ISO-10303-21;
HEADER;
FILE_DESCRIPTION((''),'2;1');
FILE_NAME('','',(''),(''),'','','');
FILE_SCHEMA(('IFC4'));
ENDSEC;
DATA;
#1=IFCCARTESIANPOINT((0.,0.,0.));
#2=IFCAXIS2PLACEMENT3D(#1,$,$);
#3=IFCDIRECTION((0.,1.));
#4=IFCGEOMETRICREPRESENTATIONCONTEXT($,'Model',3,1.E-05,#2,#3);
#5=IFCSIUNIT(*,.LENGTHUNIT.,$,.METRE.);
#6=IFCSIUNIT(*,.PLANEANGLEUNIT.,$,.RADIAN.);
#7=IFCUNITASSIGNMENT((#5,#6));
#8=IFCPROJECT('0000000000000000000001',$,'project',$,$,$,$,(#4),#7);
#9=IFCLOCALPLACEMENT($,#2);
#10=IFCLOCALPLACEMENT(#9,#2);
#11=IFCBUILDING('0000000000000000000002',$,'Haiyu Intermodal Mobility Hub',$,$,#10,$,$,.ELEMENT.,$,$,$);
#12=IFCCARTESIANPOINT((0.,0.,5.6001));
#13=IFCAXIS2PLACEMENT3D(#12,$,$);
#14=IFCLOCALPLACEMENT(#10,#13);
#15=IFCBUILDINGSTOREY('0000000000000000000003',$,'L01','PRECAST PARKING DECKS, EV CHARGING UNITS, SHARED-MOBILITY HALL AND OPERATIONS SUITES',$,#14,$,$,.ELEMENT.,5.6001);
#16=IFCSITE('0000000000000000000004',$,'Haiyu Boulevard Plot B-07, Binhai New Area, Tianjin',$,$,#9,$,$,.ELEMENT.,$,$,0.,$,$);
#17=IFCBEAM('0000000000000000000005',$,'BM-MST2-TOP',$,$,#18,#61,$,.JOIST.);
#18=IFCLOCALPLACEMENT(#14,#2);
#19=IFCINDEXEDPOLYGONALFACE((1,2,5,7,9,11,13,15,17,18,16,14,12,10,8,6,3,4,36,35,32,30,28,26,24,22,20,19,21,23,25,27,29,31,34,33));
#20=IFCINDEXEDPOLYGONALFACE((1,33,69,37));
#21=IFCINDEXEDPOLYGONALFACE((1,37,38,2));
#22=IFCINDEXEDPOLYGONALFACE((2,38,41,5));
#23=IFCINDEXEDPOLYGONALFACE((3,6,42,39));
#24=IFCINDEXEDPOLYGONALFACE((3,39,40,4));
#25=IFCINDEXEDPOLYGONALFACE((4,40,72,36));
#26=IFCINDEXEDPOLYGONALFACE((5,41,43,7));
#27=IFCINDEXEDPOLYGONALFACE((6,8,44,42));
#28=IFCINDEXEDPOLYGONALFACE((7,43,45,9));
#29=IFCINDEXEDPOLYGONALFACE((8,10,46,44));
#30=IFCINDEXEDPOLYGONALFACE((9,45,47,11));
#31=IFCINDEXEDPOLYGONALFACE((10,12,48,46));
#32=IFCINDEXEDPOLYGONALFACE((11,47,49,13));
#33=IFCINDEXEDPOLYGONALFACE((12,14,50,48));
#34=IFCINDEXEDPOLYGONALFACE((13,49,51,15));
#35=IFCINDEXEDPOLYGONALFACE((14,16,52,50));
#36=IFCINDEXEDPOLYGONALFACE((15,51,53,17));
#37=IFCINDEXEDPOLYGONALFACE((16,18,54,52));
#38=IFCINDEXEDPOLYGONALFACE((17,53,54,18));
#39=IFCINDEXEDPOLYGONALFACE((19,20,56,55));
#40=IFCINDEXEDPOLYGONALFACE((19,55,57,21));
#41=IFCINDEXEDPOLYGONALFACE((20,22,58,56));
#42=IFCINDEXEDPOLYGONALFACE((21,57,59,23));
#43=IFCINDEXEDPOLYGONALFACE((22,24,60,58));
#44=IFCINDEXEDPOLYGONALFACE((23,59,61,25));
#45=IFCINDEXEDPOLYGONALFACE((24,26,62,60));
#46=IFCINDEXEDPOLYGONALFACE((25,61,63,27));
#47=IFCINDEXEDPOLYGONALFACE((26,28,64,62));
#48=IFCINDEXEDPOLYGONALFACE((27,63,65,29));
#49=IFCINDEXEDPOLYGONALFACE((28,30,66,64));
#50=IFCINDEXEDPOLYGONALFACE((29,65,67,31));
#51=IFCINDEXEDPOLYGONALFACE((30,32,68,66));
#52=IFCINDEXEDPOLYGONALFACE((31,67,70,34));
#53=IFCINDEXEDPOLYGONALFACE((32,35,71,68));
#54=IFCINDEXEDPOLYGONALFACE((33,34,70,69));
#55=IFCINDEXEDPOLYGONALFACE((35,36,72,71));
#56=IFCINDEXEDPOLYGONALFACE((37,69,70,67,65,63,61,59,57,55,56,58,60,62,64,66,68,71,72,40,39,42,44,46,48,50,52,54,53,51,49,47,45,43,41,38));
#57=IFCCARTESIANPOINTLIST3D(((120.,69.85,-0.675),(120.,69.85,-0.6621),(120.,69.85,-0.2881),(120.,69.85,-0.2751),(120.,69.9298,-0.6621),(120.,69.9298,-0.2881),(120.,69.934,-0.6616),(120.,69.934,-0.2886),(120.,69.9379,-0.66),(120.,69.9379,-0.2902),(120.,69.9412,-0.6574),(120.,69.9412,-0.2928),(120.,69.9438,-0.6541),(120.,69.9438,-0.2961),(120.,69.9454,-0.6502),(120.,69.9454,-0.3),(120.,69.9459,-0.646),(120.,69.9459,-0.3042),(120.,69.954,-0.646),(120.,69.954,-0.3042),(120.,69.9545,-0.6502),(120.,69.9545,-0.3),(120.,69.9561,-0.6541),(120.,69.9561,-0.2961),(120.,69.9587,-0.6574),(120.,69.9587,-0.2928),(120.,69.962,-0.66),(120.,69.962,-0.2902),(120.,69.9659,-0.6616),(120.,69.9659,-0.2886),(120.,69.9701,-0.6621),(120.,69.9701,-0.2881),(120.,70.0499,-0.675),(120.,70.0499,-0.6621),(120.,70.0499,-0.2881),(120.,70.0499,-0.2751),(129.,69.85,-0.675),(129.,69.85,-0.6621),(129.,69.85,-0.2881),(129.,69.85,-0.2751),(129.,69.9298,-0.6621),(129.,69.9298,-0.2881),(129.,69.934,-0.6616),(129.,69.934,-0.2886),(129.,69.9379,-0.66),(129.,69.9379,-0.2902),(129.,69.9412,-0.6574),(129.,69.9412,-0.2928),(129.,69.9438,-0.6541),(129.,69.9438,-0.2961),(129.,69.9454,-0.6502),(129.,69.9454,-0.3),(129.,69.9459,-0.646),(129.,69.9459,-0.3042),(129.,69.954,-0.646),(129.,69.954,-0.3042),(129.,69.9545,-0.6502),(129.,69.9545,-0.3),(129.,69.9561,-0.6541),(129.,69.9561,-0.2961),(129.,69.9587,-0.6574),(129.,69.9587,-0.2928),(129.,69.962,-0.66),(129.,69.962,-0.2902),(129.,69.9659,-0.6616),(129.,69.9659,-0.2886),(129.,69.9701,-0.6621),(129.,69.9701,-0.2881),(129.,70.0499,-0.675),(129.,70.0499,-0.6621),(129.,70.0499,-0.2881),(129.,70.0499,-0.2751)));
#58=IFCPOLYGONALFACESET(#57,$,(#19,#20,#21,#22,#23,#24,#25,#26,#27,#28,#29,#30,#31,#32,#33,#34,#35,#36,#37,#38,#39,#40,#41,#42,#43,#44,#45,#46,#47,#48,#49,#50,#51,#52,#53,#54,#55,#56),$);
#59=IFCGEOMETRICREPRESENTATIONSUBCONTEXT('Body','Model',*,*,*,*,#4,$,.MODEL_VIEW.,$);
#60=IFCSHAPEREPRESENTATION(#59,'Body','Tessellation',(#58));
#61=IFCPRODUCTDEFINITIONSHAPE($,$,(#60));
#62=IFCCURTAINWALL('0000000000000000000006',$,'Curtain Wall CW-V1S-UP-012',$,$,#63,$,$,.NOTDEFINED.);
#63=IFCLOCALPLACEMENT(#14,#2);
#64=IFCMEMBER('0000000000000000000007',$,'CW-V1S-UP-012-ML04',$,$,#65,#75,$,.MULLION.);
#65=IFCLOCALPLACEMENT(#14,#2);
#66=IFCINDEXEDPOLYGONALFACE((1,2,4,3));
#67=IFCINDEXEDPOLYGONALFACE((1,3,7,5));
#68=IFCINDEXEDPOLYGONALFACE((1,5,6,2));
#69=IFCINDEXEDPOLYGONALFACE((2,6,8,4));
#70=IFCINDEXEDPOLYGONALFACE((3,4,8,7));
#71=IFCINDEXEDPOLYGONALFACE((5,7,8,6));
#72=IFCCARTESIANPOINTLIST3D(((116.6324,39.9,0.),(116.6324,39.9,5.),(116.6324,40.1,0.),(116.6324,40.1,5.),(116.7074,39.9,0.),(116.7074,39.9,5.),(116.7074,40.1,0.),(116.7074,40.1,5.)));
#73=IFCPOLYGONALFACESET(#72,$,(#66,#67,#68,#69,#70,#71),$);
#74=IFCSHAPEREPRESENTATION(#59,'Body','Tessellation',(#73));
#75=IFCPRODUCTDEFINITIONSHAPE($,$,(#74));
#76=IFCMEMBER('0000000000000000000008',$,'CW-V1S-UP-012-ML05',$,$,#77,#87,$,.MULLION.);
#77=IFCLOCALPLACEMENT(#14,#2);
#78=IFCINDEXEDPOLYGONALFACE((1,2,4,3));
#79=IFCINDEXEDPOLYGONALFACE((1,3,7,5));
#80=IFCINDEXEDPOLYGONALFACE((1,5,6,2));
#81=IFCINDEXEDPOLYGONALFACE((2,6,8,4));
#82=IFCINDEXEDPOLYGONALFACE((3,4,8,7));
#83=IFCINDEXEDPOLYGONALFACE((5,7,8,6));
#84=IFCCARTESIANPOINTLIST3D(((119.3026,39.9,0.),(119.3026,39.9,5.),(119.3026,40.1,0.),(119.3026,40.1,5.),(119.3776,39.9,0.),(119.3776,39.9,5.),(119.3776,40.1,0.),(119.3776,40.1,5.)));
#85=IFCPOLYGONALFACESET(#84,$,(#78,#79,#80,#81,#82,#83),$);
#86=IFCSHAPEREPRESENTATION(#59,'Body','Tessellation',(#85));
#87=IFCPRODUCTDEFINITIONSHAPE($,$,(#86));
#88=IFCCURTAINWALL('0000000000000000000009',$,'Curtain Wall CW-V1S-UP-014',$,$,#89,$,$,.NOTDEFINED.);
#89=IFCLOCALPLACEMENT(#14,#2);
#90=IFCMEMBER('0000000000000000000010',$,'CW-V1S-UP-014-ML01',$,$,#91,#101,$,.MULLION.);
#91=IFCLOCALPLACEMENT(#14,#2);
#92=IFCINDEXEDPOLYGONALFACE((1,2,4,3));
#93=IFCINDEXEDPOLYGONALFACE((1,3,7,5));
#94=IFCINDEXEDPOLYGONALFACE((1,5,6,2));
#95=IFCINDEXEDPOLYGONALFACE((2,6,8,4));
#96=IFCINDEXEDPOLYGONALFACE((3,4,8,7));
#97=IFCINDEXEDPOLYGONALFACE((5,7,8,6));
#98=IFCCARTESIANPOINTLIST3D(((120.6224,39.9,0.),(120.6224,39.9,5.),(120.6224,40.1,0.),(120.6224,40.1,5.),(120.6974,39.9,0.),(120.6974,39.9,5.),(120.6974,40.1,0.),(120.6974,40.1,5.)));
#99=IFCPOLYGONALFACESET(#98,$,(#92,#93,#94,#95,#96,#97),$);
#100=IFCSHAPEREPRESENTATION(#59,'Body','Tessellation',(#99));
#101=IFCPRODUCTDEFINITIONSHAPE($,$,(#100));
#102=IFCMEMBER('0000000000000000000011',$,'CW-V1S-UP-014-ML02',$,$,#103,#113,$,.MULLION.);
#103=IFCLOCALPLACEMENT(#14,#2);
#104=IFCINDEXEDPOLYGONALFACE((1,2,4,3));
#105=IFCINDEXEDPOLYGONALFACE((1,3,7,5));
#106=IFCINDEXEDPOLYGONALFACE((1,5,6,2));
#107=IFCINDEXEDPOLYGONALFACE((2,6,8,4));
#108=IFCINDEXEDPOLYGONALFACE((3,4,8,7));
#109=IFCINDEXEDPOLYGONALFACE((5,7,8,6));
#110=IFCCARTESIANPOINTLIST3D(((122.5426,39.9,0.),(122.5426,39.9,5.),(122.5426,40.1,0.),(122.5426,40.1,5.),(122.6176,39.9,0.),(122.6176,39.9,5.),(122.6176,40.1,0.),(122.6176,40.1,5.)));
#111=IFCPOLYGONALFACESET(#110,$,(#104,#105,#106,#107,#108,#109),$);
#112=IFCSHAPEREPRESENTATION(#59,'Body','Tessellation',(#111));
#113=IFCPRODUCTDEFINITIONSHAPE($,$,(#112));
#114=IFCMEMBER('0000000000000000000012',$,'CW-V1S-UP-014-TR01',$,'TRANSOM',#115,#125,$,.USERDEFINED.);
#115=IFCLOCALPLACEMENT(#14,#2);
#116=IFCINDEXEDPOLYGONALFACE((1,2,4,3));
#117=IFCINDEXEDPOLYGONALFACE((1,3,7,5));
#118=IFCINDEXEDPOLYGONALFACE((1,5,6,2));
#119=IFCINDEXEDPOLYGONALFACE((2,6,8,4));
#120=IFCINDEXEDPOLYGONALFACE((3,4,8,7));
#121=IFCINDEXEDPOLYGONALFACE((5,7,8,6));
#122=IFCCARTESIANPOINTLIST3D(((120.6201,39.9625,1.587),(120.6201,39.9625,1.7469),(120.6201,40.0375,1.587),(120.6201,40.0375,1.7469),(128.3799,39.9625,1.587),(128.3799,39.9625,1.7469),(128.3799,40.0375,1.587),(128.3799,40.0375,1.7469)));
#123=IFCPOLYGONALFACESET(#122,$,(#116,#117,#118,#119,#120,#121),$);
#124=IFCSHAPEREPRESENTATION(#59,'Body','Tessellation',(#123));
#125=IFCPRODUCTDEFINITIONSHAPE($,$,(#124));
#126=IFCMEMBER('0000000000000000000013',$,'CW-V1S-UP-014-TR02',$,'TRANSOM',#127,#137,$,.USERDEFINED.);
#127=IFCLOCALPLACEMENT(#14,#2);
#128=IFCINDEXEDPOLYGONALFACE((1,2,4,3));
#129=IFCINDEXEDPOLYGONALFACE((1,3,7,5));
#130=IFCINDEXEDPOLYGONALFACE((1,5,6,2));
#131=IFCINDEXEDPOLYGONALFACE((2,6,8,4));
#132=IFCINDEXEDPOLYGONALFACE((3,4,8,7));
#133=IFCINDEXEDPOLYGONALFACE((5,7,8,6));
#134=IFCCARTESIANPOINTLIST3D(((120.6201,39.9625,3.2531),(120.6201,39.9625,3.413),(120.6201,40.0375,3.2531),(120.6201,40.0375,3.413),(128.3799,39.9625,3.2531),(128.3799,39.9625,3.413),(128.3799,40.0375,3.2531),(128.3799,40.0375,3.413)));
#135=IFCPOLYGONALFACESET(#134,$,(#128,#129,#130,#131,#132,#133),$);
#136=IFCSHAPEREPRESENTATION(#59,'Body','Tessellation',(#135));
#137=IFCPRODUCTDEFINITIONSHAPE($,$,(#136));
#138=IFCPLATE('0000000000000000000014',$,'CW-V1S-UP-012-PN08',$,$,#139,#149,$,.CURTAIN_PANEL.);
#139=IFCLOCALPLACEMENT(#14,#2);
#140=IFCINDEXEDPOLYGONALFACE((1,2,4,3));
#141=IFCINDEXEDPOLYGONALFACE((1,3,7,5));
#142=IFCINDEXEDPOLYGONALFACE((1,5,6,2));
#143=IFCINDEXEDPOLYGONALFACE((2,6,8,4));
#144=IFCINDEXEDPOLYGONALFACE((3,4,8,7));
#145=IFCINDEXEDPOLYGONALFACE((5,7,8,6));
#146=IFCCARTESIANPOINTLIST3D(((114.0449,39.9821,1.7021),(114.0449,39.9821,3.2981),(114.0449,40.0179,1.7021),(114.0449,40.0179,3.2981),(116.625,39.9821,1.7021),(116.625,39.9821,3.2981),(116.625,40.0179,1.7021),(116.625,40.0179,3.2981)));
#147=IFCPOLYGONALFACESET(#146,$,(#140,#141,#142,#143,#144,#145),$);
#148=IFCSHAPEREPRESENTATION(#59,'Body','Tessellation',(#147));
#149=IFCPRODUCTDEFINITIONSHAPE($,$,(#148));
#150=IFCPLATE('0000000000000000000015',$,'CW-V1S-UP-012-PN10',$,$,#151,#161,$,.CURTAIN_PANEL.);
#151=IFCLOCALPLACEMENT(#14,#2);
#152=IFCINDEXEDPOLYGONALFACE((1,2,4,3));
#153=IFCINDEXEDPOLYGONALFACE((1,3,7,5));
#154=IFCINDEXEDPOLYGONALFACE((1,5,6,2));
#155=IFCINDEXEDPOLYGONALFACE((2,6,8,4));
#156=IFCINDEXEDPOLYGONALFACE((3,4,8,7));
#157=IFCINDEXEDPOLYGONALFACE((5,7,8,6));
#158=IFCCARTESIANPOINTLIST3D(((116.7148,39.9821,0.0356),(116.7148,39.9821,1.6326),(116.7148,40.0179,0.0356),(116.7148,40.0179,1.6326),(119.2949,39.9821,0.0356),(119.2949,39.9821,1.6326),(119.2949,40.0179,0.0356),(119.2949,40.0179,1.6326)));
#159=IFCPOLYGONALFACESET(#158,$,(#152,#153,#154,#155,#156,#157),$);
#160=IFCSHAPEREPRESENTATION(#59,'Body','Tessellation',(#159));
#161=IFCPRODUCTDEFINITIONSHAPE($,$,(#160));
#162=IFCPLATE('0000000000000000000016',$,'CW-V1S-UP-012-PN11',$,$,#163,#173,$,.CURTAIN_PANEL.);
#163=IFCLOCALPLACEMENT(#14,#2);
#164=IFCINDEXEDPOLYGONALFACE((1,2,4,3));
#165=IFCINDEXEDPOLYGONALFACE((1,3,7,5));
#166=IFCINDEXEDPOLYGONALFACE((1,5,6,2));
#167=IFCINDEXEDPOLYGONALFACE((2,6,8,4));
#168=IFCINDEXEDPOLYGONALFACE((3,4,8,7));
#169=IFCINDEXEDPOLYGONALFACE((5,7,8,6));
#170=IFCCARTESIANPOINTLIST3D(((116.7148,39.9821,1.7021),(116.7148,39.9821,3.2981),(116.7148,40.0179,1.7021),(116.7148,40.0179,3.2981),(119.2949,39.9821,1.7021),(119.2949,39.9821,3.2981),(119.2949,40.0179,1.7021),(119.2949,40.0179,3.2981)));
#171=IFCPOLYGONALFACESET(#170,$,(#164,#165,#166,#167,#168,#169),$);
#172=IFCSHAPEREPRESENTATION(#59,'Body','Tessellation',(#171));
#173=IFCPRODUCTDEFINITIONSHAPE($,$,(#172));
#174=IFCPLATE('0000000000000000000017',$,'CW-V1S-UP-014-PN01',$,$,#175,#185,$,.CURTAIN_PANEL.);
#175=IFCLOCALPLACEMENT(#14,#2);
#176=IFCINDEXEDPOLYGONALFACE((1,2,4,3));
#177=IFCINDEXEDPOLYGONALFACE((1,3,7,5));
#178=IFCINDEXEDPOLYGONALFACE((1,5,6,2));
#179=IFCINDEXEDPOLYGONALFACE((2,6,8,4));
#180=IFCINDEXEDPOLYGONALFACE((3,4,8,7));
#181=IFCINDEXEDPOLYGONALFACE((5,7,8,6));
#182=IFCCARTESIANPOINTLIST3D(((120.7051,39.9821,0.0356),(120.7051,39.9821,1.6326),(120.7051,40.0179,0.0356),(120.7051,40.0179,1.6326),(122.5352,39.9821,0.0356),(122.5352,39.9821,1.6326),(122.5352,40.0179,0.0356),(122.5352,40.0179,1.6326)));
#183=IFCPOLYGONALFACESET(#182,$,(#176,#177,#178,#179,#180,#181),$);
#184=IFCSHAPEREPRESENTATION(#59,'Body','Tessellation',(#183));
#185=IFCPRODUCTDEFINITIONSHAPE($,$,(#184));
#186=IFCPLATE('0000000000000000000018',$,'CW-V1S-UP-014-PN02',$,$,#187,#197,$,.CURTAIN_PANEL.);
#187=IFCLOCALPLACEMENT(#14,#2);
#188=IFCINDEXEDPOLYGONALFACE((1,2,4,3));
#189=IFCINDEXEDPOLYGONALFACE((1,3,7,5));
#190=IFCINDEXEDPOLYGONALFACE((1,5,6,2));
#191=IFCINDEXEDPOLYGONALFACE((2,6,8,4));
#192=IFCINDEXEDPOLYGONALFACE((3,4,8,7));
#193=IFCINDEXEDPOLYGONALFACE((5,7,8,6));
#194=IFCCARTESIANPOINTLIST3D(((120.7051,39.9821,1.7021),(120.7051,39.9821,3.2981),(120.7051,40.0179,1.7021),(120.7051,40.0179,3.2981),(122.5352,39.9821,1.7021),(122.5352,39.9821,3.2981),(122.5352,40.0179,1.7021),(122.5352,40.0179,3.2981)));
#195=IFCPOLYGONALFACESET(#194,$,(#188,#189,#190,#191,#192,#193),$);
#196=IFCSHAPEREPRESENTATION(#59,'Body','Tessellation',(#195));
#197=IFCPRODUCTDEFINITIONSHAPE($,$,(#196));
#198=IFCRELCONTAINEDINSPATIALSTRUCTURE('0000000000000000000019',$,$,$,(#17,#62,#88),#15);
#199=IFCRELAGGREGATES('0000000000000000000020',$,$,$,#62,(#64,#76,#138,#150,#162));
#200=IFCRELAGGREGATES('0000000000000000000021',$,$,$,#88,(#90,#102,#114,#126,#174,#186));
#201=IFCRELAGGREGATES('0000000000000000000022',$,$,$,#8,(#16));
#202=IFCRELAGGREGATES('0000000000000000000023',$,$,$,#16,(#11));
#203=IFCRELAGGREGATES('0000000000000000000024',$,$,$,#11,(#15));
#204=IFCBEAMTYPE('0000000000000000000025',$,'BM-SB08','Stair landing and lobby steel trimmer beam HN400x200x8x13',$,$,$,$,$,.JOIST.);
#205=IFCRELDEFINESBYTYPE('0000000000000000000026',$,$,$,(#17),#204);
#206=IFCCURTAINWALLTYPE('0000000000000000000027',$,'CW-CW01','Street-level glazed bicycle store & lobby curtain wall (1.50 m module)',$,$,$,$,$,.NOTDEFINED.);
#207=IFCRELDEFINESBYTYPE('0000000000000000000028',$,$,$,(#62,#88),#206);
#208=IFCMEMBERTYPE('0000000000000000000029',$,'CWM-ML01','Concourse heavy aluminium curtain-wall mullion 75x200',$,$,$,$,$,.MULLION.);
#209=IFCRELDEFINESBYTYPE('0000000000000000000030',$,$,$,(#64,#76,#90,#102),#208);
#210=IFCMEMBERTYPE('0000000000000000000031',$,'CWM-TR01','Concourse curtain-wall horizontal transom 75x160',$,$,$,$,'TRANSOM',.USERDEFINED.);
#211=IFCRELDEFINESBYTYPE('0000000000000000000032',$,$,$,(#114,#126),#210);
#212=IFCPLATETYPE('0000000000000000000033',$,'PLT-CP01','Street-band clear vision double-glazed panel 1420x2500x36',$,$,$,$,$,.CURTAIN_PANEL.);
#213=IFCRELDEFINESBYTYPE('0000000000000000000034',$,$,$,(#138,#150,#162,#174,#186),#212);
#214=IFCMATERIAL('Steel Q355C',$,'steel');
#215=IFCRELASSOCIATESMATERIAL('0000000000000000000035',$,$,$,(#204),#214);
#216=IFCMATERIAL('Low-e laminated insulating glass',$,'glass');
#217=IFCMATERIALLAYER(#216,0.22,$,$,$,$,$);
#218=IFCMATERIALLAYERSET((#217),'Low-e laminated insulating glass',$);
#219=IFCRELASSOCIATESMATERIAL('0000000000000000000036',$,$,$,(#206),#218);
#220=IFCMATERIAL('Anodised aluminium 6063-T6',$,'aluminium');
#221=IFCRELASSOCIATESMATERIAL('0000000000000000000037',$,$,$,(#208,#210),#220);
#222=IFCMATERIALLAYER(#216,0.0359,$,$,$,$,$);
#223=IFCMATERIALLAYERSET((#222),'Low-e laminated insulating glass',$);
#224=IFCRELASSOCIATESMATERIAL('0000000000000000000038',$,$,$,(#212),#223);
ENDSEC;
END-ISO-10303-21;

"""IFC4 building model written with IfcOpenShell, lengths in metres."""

from ifc_helpers import new_model, si_unit, direction, frame, origin, origin_2d, place, context, subcontext, project, spatial, rectangle, i_section, extrude, material, layer, layer_set, material_profile, profile_set, type_object, element, aggregate, save


model = new_model("IFC4")

# Units and contexts
model_context = context("Model", 3, precision=1e-05, world=origin(), true_north=direction((0.0, 1.0)))
body_context = subcontext(model_context, "Body", "Model", "MODEL_VIEW")
ifc_project = project(units=[si_unit("LENGTHUNIT", "METRE"), si_unit("PLANEANGLEUNIT", "RADIAN")], contexts=[model_context])

# Site, building, storey
site_placement = place(None, origin())
site = spatial("IfcSite", under=ifc_project, at=site_placement, Name="Haiyu Boulevard Plot B-07, Binhai New Area, Tianjin", CompositionType="ELEMENT", RefElevation=0.0)
building_placement = place(site_placement, origin())
building = spatial("IfcBuilding", under=site, at=building_placement, Name="Haiyu Intermodal Mobility Hub", CompositionType="ELEMENT")
storey_placement = place(building_placement, frame((0.0, 0.0, 5.6001)))
storey = spatial("IfcBuildingStorey", under=building, at=storey_placement, Name="L01", Description="PRECAST PARKING DECKS, EV CHARGING UNITS, SHARED-MOBILITY HALL AND OPERATIONS SUITES", CompositionType="ELEMENT", Elevation=5.6001)

# Shared definitions
ifc_material_1 = material(Name="Steel Q355C", Category="steel")

# Beam
ifc_material_profile_1 = material_profile(ifc_material_1, i_section(OverallWidth=0.2, OverallDepth=0.3999, WebThickness=0.0081, FlangeThickness=0.0129, FilletRadius=0.0161, at=origin_2d()), Name="HN400x200x8x13")
ifc_profile_set_1 = profile_set([ifc_material_profile_1], Name="Steel Q355C")
beam_type_1 = type_object("IfcBeamType", Name="BM-SB08", Description="Stair landing and lobby steel trimmer beam HN400x200x8x13", PredefinedType="JOIST", material=ifc_profile_set_1)
beam_1_placement = place(storey_placement, frame((120.0, 69.95, -0.4751), z_axis=(1.0, 0.0, 0.0), x_axis=(0.0, 1.0, 0.0)))
element("IfcBeam", 1, at=beam_1_placement, inside=storey, type_object=beam_type_1, Name="BM-MST2-TOP", PredefinedType="JOIST", context=body_context, shape_type="SweptSolid", body=[
    extrude(i_section(OverallWidth=0.2, OverallDepth=0.3999, WebThickness=0.0081, FlangeThickness=0.0129, FilletRadius=0.0161, at=origin_2d()), origin(), (0.0, 0.0, 1.0), 9.0),
])

# Curtain walls, members
ifc_material_2 = material(Name="Low-e laminated insulating glass", Category="glass")
ifc_layer_1 = layer(ifc_material_2, 0.22)
ifc_layer_set_1 = layer_set([ifc_layer_1], Name="Low-e laminated insulating glass")
curtain_wall_type = type_object("IfcCurtainWallType", Name="CW-CW01", Description="Street-level glazed bicycle store & lobby curtain wall (1.50 m module)", PredefinedType="NOTDEFINED", material=ifc_layer_set_1)
curtain_wall_1_placement = place(storey_placement, origin())
curtain_wall_1 = element("IfcCurtainWall", 2, at=curtain_wall_1_placement, inside=storey, type_object=curtain_wall_type, Name="Curtain Wall CW-V1S-UP-012", PredefinedType="NOTDEFINED")
ifc_material_3 = material(Name="Anodised aluminium 6063-T6", Category="aluminium")
ifc_material_profile_2 = material_profile(ifc_material_3, rectangle(XDim=0.075, YDim=0.2, at=origin_2d()), Name="ALU75x200")
ifc_profile_set_2 = profile_set([ifc_material_profile_2], Name="Anodised aluminium 6063-T6")
member_type_1 = type_object("IfcMemberType", Name="CWM-ML01", Description="Concourse heavy aluminium curtain-wall mullion 75x200", PredefinedType="MULLION", material=ifc_profile_set_2)
member_1_placement = place(storey_placement, frame((116.6699, 40.0, 0.0), z_axis=(0.0, 0.0, 1.0), x_axis=(1.0, 0.0, 0.0)))
member_1 = element("IfcMember", 3, at=member_1_placement, type_object=member_type_1, Name="CW-V1S-UP-012-ML04", PredefinedType="MULLION", context=body_context, shape_type="SweptSolid", body=[
    extrude(rectangle(XDim=0.075, YDim=0.2, at=origin_2d()), origin(), (0.0, 0.0, 1.0), 5.0),
])
member_2_placement = place(storey_placement, frame((119.3401, 40.0, 0.0), z_axis=(0.0, 0.0, 1.0), x_axis=(1.0, 0.0, 0.0)))
member_2 = element("IfcMember", 4, at=member_2_placement, type_object=member_type_1, Name="CW-V1S-UP-012-ML05", PredefinedType="MULLION", context=body_context, shape_type="SweptSolid", body=[
    extrude(rectangle(XDim=0.075, YDim=0.2, at=origin_2d()), origin(), (0.0, 0.0, 1.0), 5.0),
])
curtain_wall_2_placement = place(storey_placement, origin())
curtain_wall_2 = element("IfcCurtainWall", 5, at=curtain_wall_2_placement, inside=storey, type_object=curtain_wall_type, Name="Curtain Wall CW-V1S-UP-014", PredefinedType="NOTDEFINED")
member_3_placement = place(storey_placement, frame((120.6599, 40.0, 0.0), z_axis=(0.0, 0.0, 1.0), x_axis=(1.0, 0.0, 0.0)))
member_3 = element("IfcMember", 6, at=member_3_placement, type_object=member_type_1, Name="CW-V1S-UP-014-ML01", PredefinedType="MULLION", context=body_context, shape_type="SweptSolid", body=[
    extrude(rectangle(XDim=0.075, YDim=0.2, at=origin_2d()), origin(), (0.0, 0.0, 1.0), 5.0),
])
member_4_placement = place(storey_placement, frame((122.5801, 40.0, 0.0), z_axis=(0.0, 0.0, 1.0), x_axis=(1.0, 0.0, 0.0)))
member_4 = element("IfcMember", 7, at=member_4_placement, type_object=member_type_1, Name="CW-V1S-UP-014-ML02", PredefinedType="MULLION", context=body_context, shape_type="SweptSolid", body=[
    extrude(rectangle(XDim=0.075, YDim=0.2, at=origin_2d()), origin(), (0.0, 0.0, 1.0), 5.0),
])
ifc_material_profile_3 = material_profile(ifc_material_3, rectangle(XDim=0.075, YDim=0.1599, at=origin_2d()), Name="ALU75x160")
ifc_profile_set_3 = profile_set([ifc_material_profile_3], Name="Anodised aluminium 6063-T6")
member_type_2 = type_object("IfcMemberType", Name="CWM-TR01", Description="Concourse curtain-wall horizontal transom 75x160", ElementType="TRANSOM", PredefinedType="USERDEFINED", material=ifc_profile_set_3)
member_5_placement = place(storey_placement, frame((120.6201, 40.0, 1.667), z_axis=(1.0, 0.0, 0.0), x_axis=(0.0, 1.0, 0.0)))
member_5 = element("IfcMember", 8, at=member_5_placement, type_object=member_type_2, Name="CW-V1S-UP-014-TR01", ObjectType="TRANSOM", PredefinedType="USERDEFINED", context=body_context, shape_type="SweptSolid", body=[
    extrude(rectangle(XDim=0.075, YDim=0.1599, at=origin_2d()), origin(), (0.0, 0.0, 1.0), 7.7598),
])
member_6_placement = place(storey_placement, frame((120.6201, 40.0, 3.333), z_axis=(1.0, 0.0, 0.0), x_axis=(0.0, 1.0, 0.0)))
member_6 = element("IfcMember", 9, at=member_6_placement, type_object=member_type_2, Name="CW-V1S-UP-014-TR02", ObjectType="TRANSOM", PredefinedType="USERDEFINED", context=body_context, shape_type="SweptSolid", body=[
    extrude(rectangle(XDim=0.075, YDim=0.1599, at=origin_2d()), origin(), (0.0, 0.0, 1.0), 7.7598),
])

# Plates
ifc_layer_2 = layer(ifc_material_2, 0.0359)
ifc_layer_set_2 = layer_set([ifc_layer_2], Name="Low-e laminated insulating glass")
plate_type_1 = type_object("IfcPlateType", Name="PLT-CP01", Description="Street-band clear vision double-glazed panel 1420x2500x36", PredefinedType="CURTAIN_PANEL", material=ifc_layer_set_2)
plate_1_placement = place(storey_placement, frame((115.335, 40.0, 1.7021), z_axis=(0.0, 0.0, 1.0), x_axis=(1.0, 0.0, 0.0)))
plate_1 = element("IfcPlate", 10, at=plate_1_placement, type_object=plate_type_1, Name="CW-V1S-UP-012-PN08", PredefinedType="CURTAIN_PANEL", context=body_context, shape_type="SweptSolid", body=[
    extrude(rectangle(XDim=2.5801, YDim=0.0359, at=origin_2d()), origin(), (0.0, 0.0, 1.0), 1.5959),
])
plate_2_placement = place(storey_placement, frame((118.0049, 40.0, 0.0356), z_axis=(0.0, 0.0, 1.0), x_axis=(1.0, 0.0, 0.0)))
plate_2 = element("IfcPlate", 11, at=plate_2_placement, type_object=plate_type_1, Name="CW-V1S-UP-012-PN10", PredefinedType="CURTAIN_PANEL", context=body_context, shape_type="SweptSolid", body=[
    extrude(rectangle(XDim=2.5801, YDim=0.0359, at=origin_2d()), origin(), (0.0, 0.0, 1.0), 1.5969),
])
plate_3_placement = place(storey_placement, frame((118.0049, 40.0, 1.7021), z_axis=(0.0, 0.0, 1.0), x_axis=(1.0, 0.0, 0.0)))
plate_3 = element("IfcPlate", 12, at=plate_3_placement, type_object=plate_type_1, Name="CW-V1S-UP-012-PN11", PredefinedType="CURTAIN_PANEL", context=body_context, shape_type="SweptSolid", body=[
    extrude(rectangle(XDim=2.5801, YDim=0.0359, at=origin_2d()), origin(), (0.0, 0.0, 1.0), 1.5959),
])
plate_4_placement = place(storey_placement, frame((121.6201, 40.0, 0.0356), z_axis=(0.0, 0.0, 1.0), x_axis=(1.0, 0.0, 0.0)))
plate_4 = element("IfcPlate", 13, at=plate_4_placement, type_object=plate_type_1, Name="CW-V1S-UP-014-PN01", PredefinedType="CURTAIN_PANEL", context=body_context, shape_type="SweptSolid", body=[
    extrude(rectangle(XDim=1.8301, YDim=0.0359, at=origin_2d()), origin(), (0.0, 0.0, 1.0), 1.5969),
])
plate_5_placement = place(storey_placement, frame((121.6201, 40.0, 1.7021), z_axis=(0.0, 0.0, 1.0), x_axis=(1.0, 0.0, 0.0)))
plate_5 = element("IfcPlate", 14, at=plate_5_placement, type_object=plate_type_1, Name="CW-V1S-UP-014-PN02", PredefinedType="CURTAIN_PANEL", context=body_context, shape_type="SweptSolid", body=[
    extrude(rectangle(XDim=1.8301, YDim=0.0359, at=origin_2d()), origin(), (0.0, 0.0, 1.0), 1.5959),
])
aggregate(curtain_wall_1, [member_1, member_2, plate_1, plate_2, plate_3])
aggregate(curtain_wall_2, [member_3, member_4, member_5, member_6, plate_4, plate_5])

save(model, "model.ifc")
